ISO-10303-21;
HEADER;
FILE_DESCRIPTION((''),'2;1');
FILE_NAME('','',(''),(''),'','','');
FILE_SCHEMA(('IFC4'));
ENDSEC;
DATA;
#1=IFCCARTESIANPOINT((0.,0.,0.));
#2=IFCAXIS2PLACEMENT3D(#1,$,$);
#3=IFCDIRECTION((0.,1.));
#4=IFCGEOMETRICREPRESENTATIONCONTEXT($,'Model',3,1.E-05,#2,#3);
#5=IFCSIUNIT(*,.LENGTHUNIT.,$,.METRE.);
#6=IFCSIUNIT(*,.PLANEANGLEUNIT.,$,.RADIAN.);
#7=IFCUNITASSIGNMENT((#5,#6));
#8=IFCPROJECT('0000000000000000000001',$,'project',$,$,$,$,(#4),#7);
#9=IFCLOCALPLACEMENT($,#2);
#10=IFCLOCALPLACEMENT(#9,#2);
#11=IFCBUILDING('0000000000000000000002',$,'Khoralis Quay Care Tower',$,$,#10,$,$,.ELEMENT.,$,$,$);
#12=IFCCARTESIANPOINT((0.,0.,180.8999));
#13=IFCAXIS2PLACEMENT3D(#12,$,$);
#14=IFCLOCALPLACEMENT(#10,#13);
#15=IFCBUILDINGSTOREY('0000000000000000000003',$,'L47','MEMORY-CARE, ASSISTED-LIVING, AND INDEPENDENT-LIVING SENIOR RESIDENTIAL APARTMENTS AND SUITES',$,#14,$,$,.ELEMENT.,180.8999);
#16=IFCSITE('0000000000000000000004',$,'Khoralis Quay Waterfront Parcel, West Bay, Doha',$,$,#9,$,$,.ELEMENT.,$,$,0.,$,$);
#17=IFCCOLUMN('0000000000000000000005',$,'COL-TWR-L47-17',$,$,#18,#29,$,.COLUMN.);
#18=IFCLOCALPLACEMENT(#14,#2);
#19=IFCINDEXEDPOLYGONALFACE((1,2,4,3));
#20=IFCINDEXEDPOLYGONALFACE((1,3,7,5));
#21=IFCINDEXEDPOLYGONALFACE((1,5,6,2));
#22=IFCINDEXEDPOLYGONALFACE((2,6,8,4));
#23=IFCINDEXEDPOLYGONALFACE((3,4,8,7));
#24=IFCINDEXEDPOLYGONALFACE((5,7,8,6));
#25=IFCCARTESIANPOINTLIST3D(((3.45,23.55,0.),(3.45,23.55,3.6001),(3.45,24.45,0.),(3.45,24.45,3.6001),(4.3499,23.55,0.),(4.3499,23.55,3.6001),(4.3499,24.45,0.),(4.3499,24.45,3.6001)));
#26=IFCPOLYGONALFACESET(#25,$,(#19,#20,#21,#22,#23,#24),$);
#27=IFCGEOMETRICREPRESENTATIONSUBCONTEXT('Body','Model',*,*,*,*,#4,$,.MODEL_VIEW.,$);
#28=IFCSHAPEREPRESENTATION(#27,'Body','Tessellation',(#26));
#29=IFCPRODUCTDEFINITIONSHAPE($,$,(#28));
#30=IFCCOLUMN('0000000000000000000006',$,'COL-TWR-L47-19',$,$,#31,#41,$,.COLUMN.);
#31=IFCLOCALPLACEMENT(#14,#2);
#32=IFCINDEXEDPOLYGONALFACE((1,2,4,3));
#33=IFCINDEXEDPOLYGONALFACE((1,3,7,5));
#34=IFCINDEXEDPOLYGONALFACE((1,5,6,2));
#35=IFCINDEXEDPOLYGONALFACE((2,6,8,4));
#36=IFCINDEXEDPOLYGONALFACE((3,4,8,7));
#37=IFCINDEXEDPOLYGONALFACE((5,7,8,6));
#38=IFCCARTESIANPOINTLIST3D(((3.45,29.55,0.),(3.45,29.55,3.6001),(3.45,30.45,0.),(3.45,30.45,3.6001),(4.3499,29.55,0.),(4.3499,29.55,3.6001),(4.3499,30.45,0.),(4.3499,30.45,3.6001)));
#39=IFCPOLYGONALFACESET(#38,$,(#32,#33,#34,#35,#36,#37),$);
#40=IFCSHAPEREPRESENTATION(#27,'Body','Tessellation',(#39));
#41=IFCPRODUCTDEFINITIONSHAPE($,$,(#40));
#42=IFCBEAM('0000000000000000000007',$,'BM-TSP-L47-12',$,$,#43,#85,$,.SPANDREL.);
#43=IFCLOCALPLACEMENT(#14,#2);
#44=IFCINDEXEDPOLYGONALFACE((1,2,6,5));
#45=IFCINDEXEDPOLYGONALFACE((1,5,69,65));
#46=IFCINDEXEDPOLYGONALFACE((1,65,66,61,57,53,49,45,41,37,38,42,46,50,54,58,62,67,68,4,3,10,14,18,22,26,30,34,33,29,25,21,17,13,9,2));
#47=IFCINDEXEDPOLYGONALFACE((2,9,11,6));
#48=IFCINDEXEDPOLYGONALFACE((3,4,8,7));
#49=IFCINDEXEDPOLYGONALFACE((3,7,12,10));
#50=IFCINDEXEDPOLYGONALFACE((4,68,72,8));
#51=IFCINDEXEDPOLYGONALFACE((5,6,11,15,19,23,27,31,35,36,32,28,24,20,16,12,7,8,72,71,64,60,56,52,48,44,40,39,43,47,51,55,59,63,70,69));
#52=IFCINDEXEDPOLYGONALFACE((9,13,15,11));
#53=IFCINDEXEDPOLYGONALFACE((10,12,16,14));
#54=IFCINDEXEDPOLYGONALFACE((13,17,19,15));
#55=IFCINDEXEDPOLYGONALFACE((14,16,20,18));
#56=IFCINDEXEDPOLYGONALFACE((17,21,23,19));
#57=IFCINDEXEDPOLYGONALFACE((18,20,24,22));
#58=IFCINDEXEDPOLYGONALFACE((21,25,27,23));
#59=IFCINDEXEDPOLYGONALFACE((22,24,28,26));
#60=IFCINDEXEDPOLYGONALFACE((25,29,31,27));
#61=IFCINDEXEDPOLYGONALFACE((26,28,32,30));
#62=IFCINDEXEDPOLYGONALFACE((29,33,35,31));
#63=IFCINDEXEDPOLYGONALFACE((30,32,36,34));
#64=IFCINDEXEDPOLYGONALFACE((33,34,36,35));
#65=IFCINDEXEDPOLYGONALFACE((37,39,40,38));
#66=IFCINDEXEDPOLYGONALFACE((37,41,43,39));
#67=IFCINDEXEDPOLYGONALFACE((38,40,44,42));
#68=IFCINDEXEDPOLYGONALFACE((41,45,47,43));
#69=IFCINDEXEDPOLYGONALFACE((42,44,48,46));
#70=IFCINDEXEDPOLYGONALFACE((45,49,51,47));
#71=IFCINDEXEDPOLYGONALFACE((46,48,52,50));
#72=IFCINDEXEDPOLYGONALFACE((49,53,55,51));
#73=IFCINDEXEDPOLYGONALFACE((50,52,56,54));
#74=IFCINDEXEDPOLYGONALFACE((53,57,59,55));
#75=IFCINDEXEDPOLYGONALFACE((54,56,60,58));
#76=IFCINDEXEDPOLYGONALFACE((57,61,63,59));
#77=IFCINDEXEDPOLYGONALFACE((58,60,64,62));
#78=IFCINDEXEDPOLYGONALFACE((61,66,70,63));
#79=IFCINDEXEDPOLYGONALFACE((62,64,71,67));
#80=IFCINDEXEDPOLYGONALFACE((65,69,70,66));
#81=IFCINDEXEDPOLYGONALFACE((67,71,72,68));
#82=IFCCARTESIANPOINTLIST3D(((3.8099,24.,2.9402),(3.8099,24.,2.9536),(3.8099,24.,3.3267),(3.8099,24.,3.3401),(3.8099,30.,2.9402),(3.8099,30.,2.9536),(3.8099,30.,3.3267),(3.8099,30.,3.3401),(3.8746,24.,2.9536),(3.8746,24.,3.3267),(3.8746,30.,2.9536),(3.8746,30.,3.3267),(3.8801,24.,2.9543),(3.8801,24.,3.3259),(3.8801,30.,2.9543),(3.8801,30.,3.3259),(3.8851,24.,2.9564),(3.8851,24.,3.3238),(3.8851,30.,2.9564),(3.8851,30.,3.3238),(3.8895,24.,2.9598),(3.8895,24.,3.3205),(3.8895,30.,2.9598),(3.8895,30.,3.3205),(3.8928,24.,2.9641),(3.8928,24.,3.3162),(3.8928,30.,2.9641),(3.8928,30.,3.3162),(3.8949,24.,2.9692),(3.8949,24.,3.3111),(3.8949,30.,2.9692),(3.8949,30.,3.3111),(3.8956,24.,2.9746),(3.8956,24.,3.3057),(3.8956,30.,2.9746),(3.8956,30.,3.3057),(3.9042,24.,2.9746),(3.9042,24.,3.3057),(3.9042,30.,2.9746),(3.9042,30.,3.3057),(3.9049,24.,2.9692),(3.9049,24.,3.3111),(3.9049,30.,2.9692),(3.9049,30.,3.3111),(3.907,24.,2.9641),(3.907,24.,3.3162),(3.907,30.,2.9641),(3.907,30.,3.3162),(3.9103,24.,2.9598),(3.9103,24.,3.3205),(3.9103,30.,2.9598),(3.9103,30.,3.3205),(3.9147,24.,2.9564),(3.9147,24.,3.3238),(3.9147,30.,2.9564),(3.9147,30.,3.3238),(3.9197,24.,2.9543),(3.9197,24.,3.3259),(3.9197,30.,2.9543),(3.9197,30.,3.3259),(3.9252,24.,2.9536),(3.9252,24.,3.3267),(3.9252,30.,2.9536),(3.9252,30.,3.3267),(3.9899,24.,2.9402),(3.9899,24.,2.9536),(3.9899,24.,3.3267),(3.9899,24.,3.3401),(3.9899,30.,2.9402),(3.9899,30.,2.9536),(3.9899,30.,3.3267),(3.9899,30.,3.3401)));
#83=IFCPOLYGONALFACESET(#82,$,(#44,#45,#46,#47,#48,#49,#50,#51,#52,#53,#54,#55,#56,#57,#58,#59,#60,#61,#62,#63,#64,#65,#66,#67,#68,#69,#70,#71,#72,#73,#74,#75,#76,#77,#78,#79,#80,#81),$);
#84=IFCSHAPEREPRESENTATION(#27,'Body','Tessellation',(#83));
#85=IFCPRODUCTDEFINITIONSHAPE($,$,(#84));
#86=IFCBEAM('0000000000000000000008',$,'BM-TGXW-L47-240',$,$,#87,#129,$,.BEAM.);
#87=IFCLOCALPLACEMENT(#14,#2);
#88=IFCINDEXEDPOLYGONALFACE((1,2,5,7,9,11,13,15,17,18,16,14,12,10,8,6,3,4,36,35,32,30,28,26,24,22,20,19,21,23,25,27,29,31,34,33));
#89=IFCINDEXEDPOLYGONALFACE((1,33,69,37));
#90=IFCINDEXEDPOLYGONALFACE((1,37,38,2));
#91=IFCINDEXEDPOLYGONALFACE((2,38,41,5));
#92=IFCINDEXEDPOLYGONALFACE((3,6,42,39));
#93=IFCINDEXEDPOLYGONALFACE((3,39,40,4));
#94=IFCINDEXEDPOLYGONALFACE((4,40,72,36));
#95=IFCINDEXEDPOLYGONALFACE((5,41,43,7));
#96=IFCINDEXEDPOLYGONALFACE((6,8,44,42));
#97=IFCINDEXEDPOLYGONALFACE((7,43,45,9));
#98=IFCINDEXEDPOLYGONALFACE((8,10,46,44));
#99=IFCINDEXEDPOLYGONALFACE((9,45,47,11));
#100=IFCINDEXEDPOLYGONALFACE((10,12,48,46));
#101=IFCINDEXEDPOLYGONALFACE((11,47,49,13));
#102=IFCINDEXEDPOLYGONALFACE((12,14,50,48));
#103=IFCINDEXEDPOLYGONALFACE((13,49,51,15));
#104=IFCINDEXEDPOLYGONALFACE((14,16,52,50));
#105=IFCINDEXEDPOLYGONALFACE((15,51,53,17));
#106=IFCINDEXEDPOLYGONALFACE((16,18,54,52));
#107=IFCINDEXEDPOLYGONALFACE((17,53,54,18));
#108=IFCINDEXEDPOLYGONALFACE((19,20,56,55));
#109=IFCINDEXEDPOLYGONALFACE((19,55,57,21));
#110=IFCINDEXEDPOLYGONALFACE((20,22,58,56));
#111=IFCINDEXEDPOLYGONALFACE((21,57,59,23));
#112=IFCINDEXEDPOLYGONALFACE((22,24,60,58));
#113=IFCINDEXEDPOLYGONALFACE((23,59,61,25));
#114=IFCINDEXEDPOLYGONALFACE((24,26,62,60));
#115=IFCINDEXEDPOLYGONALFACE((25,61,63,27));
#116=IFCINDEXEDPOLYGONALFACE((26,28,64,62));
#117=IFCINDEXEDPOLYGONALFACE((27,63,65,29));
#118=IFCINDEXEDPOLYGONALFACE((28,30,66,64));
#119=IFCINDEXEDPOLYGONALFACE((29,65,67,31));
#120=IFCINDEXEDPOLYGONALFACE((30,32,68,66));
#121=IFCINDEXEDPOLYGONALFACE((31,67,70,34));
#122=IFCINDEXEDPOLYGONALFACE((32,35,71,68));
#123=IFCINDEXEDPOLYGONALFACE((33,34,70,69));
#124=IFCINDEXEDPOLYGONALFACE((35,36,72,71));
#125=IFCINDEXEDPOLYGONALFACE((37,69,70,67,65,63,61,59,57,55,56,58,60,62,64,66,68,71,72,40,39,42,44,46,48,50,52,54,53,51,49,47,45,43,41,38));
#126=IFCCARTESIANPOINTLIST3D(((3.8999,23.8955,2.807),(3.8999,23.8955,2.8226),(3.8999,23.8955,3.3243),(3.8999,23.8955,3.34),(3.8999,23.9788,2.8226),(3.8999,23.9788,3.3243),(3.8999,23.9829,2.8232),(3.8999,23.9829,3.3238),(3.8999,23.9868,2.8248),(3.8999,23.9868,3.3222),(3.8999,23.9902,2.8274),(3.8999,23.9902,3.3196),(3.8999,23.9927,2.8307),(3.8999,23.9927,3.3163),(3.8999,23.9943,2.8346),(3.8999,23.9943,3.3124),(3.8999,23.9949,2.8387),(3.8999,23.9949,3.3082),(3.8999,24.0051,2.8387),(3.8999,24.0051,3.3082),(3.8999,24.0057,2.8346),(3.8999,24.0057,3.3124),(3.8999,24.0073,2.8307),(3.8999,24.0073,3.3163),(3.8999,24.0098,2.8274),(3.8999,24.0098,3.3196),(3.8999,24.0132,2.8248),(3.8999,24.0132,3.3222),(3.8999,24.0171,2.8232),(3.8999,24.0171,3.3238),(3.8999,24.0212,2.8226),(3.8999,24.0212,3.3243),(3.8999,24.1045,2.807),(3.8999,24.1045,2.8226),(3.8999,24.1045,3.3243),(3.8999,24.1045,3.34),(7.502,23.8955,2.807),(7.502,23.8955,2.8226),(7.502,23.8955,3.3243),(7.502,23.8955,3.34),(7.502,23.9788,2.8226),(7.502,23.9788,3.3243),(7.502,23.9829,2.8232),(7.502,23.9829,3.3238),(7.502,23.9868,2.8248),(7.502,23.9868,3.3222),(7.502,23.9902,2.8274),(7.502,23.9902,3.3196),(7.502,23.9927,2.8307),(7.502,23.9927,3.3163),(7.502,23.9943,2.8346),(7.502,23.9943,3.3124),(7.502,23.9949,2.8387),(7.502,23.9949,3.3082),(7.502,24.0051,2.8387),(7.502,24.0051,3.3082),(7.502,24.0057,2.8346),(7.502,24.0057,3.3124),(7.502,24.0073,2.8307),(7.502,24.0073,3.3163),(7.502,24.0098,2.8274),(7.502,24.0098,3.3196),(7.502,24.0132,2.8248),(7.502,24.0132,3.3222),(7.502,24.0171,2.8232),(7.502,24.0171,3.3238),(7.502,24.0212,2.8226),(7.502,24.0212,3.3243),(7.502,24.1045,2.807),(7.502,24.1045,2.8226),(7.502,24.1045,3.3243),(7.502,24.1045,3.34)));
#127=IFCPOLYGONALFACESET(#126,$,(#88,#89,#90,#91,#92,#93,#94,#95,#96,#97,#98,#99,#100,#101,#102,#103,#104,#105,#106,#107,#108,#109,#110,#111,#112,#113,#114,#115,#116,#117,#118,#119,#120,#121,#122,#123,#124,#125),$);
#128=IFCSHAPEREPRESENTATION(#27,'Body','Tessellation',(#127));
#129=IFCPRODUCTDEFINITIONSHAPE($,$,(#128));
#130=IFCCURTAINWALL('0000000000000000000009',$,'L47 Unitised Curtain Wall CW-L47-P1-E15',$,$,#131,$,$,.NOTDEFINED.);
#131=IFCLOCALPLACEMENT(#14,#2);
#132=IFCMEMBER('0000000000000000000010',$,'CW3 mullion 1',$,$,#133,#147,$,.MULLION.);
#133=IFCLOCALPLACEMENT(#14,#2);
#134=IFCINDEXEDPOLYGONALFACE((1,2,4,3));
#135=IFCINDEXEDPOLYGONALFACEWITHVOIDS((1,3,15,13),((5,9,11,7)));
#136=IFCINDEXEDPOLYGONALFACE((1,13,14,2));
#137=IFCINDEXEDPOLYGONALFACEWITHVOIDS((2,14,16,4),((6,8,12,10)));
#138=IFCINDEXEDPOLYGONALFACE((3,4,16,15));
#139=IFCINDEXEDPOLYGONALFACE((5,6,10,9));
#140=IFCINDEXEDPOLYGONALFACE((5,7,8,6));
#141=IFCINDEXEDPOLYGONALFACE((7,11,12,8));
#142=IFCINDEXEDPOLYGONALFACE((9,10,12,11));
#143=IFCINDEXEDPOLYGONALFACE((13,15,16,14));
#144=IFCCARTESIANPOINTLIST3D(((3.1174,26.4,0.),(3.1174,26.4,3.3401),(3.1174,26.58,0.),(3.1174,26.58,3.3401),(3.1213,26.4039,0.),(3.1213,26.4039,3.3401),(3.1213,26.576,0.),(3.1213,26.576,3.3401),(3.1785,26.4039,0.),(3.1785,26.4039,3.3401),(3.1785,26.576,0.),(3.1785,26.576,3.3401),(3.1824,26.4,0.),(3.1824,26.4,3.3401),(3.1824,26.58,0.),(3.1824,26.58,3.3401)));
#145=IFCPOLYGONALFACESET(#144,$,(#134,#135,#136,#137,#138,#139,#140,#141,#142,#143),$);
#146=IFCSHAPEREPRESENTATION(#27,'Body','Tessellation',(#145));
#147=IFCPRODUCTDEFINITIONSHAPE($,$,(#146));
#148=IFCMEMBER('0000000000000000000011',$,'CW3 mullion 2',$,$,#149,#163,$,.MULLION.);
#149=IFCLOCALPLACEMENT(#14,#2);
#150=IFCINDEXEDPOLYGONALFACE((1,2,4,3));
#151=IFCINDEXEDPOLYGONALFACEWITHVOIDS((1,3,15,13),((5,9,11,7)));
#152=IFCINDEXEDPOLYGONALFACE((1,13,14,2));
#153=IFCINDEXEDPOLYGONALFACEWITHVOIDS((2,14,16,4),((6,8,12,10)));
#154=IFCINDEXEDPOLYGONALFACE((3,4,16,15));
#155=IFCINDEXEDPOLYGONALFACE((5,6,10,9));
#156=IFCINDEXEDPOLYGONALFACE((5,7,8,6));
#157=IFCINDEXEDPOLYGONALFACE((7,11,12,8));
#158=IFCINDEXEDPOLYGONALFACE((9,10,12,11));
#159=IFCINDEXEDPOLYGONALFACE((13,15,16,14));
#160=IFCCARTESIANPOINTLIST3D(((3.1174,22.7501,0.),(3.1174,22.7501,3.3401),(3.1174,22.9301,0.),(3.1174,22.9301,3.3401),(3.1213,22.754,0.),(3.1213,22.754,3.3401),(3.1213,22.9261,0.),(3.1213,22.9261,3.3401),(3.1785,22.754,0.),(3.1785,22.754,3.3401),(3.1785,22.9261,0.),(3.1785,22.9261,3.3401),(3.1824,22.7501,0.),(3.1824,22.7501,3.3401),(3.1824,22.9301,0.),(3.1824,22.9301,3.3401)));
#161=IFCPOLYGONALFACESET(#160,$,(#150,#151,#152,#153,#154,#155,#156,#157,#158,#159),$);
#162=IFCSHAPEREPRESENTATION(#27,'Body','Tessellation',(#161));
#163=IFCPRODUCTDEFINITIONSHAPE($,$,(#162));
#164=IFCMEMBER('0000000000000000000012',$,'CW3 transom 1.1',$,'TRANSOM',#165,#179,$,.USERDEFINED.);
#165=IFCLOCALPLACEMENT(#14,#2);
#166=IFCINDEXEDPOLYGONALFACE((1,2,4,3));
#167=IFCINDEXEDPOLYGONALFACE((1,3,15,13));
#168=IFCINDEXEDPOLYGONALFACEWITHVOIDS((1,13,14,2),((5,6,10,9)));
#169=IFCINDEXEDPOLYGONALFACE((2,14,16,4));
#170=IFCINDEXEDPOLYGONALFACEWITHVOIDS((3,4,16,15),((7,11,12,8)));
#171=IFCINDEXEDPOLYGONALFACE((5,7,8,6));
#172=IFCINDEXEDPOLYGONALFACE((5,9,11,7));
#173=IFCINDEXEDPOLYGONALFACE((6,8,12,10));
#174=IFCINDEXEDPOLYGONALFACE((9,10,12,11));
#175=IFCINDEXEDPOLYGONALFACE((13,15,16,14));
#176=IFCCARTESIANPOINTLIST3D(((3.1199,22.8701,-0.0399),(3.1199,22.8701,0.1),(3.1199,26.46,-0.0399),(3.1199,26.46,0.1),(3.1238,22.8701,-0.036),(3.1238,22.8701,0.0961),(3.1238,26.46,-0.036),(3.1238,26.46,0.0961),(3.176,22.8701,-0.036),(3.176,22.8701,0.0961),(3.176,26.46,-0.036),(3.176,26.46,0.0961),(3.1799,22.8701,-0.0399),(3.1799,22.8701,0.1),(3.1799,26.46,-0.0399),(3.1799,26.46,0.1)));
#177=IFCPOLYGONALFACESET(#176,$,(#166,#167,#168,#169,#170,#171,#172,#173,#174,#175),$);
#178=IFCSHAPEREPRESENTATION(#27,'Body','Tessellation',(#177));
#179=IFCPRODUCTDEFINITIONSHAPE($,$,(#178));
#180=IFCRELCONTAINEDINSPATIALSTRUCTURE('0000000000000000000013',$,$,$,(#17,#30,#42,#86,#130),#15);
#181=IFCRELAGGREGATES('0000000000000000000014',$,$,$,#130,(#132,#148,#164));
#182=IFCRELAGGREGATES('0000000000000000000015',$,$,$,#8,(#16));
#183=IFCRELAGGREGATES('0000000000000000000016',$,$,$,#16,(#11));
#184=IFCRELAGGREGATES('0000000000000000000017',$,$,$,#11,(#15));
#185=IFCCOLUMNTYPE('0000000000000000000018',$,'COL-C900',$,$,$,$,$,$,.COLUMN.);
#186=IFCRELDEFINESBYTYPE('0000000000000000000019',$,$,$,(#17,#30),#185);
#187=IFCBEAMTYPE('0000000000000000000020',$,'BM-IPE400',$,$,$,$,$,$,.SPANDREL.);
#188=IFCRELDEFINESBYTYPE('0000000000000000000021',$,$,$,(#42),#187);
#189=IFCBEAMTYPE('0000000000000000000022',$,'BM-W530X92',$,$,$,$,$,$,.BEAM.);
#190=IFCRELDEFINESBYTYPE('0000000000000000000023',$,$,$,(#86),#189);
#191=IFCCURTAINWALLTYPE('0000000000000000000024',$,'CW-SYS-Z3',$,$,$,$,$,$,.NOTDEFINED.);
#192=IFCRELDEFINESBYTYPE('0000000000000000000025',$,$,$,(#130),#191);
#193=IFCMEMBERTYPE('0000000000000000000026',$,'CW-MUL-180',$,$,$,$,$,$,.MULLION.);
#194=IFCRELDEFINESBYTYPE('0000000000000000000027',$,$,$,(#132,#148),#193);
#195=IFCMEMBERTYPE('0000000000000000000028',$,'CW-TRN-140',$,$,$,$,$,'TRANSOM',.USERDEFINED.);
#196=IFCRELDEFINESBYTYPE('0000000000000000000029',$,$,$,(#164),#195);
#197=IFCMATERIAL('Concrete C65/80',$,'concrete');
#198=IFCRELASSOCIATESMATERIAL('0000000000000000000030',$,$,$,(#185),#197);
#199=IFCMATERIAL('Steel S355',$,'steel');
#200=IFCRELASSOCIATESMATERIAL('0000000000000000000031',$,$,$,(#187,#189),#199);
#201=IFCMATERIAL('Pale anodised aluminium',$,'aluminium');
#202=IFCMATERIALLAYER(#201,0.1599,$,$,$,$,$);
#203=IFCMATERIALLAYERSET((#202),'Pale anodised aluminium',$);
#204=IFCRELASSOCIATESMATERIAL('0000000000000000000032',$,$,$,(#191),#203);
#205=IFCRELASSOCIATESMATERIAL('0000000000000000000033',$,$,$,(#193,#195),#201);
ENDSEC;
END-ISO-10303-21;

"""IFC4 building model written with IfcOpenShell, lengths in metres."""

from ifc_helpers import new_model, si_unit, direction, frame, origin, origin_2d, place, context, subcontext, project, spatial, rectangle, hollow_rectangle, i_section, extrude, source, transform, mapped, material, layer, layer_set, material_profile, profile_set, type_object, element, aggregate, save


model = new_model("IFC4")

# Units and contexts
model_context = context("Model", 3, precision=1e-05, world=origin(), true_north=direction((0.0, 1.0)))
body_context = subcontext(model_context, "Body", "Model", "MODEL_VIEW")
ifc_project = project(units=[si_unit("LENGTHUNIT", "METRE"), si_unit("PLANEANGLEUNIT", "RADIAN")], contexts=[model_context])

# Site, building, storey
site_placement = place(None, origin())
site = spatial("IfcSite", under=ifc_project, at=site_placement, Name="Khoralis Quay Waterfront Parcel, West Bay, Doha", CompositionType="ELEMENT", RefElevation=0.0)
building_placement = place(site_placement, origin())
building = spatial("IfcBuilding", under=site, at=building_placement, Name="Khoralis Quay Care Tower", CompositionType="ELEMENT")
storey_placement = place(building_placement, frame((0.0, 0.0, 180.8999)))
storey = spatial("IfcBuildingStorey", under=building, at=storey_placement, Name="L47", Description="MEMORY-CARE, ASSISTED-LIVING, AND INDEPENDENT-LIVING SENIOR RESIDENTIAL APARTMENTS AND SUITES", CompositionType="ELEMENT", Elevation=180.8999)

# Columns
ifc_material_1 = material(Name="Concrete C65/80", Category="concrete")
ifc_material_profile_1 = material_profile(ifc_material_1, rectangle(XDim=0.8999, YDim=0.8999, at=origin_2d()), Name="Concrete C65/80")
ifc_profile_set_1 = profile_set([ifc_material_profile_1], Name="Concrete C65/80")
column_type = type_object("IfcColumnType", Name="COL-C900", PredefinedType="COLUMN", material=ifc_profile_set_1)
shared_shape_1 = source(origin(), body_context, "Body", "SweptSolid", [
    extrude(rectangle(XDim=0.8999, YDim=0.8999, at=origin_2d()), origin(), (0.0, 0.0, 1.0), 3.6001),
])
for number, where, z_axis, x_axis, name in (
    (1, (3.8999, 24.0, 0.0), (0.0, 0.0, 1.0), (1.0, 0.0, 0.0), "COL-TWR-L47-17"),
    (2, (3.8999, 30.0, 0.0), (0.0, 0.0, 1.0), (1.0, 0.0, 0.0), "COL-TWR-L47-19"),
):
    element("IfcColumn", number, at=place(storey_placement, frame(where, z_axis=z_axis, x_axis=x_axis)), inside=storey, type_object=column_type, Name=name, PredefinedType="COLUMN", context=body_context, shape_type="MappedRepresentation", body=[
        mapped(shared_shape_1, transform((0.0, 0.0, 0.0), scale=1.0)),
    ])

# Beams
ifc_material_2 = material(Name="Steel S355", Category="steel")
ifc_material_profile_2 = material_profile(ifc_material_2, i_section(OverallWidth=0.1799, OverallDepth=0.3999, WebThickness=0.0085, FlangeThickness=0.0134, FilletRadius=0.021, at=origin_2d()), Name="Steel S355")
ifc_profile_set_2 = profile_set([ifc_material_profile_2], Name="Steel S355")
beam_type_1 = type_object("IfcBeamType", Name="BM-IPE400", PredefinedType="SPANDREL", material=ifc_profile_set_2)
shared_shape_2 = source(origin(), body_context, "Body", "SweptSolid", [
    extrude(i_section(OverallWidth=0.1799, OverallDepth=0.3999, WebThickness=0.0085, FlangeThickness=0.0134, FilletRadius=0.021, at=origin_2d()), origin(), (0.0, 0.0, 1.0), 6.0),
])
beam_1_placement = place(storey_placement, frame((3.8999, 24.0, 3.1401), z_axis=(0.0, 1.0, 0.0), x_axis=(-1.0, 0.0, 0.0)))
element("IfcBeam", 3, at=beam_1_placement, inside=storey, type_object=beam_type_1, Name="BM-TSP-L47-12", PredefinedType="SPANDREL", context=body_context, shape_type="MappedRepresentation", body=[
    mapped(shared_shape_2, transform((0.0, 0.0, 0.0), scale=1.0)),
])
ifc_material_profile_3 = material_profile(ifc_material_2, i_section(OverallWidth=0.209, OverallDepth=0.533, WebThickness=0.0103, FlangeThickness=0.0156, FilletRadius=0.0161, at=origin_2d()), Name="Steel S355")
ifc_profile_set_3 = profile_set([ifc_material_profile_3], Name="Steel S355")
beam_type_2 = type_object("IfcBeamType", Name="BM-W530X92", PredefinedType="BEAM", material=ifc_profile_set_3)
shared_shape_3 = source(origin(), body_context, "Body", "SweptSolid", [
    extrude(i_section(OverallWidth=0.209, OverallDepth=0.533, WebThickness=0.0103, FlangeThickness=0.0156, FilletRadius=0.0161, at=origin_2d()), origin(), (0.0, 0.0, 1.0), 3.6021),
])
beam_2_placement = place(storey_placement, frame((3.8999, 24.0, 3.0735), z_axis=(1.0, 0.0, 0.0), x_axis=(0.0, 1.0, 0.0)))
element("IfcBeam", 4, at=beam_2_placement, inside=storey, type_object=beam_type_2, Name="BM-TGXW-L47-240", PredefinedType="BEAM", context=body_context, shape_type="MappedRepresentation", body=[
    mapped(shared_shape_3, transform((0.0, 0.0, 0.0), scale=1.0)),
])

# Curtain wall, members
ifc_material_3 = material(Name="Pale anodised aluminium", Category="aluminium")
ifc_layer_1 = layer(ifc_material_3, 0.1599)
ifc_layer_set_1 = layer_set([ifc_layer_1], Name="Pale anodised aluminium")
curtain_wall_type = type_object("IfcCurtainWallType", Name="CW-SYS-Z3", PredefinedType="NOTDEFINED", material=ifc_layer_set_1)
curtain_wall_placement = place(storey_placement, origin())
curtain_wall = element("IfcCurtainWall", 5, at=curtain_wall_placement, inside=storey, type_object=curtain_wall_type, Name="L47 Unitised Curtain Wall CW-L47-P1-E15", PredefinedType="NOTDEFINED")
ifc_material_profile_4 = material_profile(ifc_material_3, hollow_rectangle(XDim=0.0649, YDim=0.1799, WallThickness=0.0039, at=origin_2d()), Name="Pale anodised aluminium")
ifc_profile_set_4 = profile_set([ifc_material_profile_4], Name="Pale anodised aluminium")
member_type_1 = type_object("IfcMemberType", Name="CW-MUL-180", PredefinedType="MULLION", material=ifc_profile_set_4)
shared_shape_4 = source(origin(), body_context, "Body", "SweptSolid", [
    extrude(hollow_rectangle(XDim=0.0649, YDim=0.1799, WallThickness=0.0039, at=origin_2d()), origin(), (0.0, 0.0, 1.0), 3.3401),
])
member_1_placement = place(storey_placement, frame((3.1499, 26.49, 0.0), z_axis=(0.0, 0.0, 1.0), x_axis=(1.0, 0.0, 0.0)))
member_1 = element("IfcMember", 6, at=member_1_placement, type_object=member_type_1, Name="CW3 mullion 1", PredefinedType="MULLION", context=body_context, shape_type="MappedRepresentation", body=[
    mapped(shared_shape_4, transform((0.0, 0.0, 0.0), scale=1.0)),
])
member_2_placement = place(storey_placement, frame((3.1499, 22.8401, 0.0), z_axis=(0.0, 0.0, 1.0), x_axis=(1.0, 0.0, 0.0)))
member_2 = element("IfcMember", 7, at=member_2_placement, type_object=member_type_1, Name="CW3 mullion 2", PredefinedType="MULLION", context=body_context, shape_type="MappedRepresentation", body=[
    mapped(shared_shape_4, transform((0.0, 0.0, 0.0), scale=1.0)),
])
ifc_material_profile_5 = material_profile(ifc_material_3, hollow_rectangle(XDim=0.0601, YDim=0.1399, WallThickness=0.0039, at=origin_2d()), Name="Pale anodised aluminium")
ifc_profile_set_5 = profile_set([ifc_material_profile_5], Name="Pale anodised aluminium")
member_type_2 = type_object("IfcMemberType", Name="CW-TRN-140", ElementType="TRANSOM", PredefinedType="USERDEFINED", material=ifc_profile_set_5)
shared_shape_5 = source(origin(), body_context, "Body", "SweptSolid", [
    extrude(hollow_rectangle(XDim=0.0601, YDim=0.1399, WallThickness=0.0039, at=origin_2d()), origin(), (0.0, 0.0, 1.0), 3.5898),
])
member_3_placement = place(storey_placement, frame((3.1499, 26.46, 0.03), z_axis=(0.0, -1.0, 0.0), x_axis=(1.0, 0.0, 0.0)))
member_3 = element("IfcMember", 8, at=member_3_placement, type_object=member_type_2, Name="CW3 transom 1.1", ObjectType="TRANSOM", PredefinedType="USERDEFINED", context=body_context, shape_type="MappedRepresentation", body=[
    mapped(shared_shape_5, transform((0.0, 0.0, 0.0), scale=1.0)),
])
aggregate(curtain_wall, [member_1, member_2, member_3])

save(model, "model.ifc")
